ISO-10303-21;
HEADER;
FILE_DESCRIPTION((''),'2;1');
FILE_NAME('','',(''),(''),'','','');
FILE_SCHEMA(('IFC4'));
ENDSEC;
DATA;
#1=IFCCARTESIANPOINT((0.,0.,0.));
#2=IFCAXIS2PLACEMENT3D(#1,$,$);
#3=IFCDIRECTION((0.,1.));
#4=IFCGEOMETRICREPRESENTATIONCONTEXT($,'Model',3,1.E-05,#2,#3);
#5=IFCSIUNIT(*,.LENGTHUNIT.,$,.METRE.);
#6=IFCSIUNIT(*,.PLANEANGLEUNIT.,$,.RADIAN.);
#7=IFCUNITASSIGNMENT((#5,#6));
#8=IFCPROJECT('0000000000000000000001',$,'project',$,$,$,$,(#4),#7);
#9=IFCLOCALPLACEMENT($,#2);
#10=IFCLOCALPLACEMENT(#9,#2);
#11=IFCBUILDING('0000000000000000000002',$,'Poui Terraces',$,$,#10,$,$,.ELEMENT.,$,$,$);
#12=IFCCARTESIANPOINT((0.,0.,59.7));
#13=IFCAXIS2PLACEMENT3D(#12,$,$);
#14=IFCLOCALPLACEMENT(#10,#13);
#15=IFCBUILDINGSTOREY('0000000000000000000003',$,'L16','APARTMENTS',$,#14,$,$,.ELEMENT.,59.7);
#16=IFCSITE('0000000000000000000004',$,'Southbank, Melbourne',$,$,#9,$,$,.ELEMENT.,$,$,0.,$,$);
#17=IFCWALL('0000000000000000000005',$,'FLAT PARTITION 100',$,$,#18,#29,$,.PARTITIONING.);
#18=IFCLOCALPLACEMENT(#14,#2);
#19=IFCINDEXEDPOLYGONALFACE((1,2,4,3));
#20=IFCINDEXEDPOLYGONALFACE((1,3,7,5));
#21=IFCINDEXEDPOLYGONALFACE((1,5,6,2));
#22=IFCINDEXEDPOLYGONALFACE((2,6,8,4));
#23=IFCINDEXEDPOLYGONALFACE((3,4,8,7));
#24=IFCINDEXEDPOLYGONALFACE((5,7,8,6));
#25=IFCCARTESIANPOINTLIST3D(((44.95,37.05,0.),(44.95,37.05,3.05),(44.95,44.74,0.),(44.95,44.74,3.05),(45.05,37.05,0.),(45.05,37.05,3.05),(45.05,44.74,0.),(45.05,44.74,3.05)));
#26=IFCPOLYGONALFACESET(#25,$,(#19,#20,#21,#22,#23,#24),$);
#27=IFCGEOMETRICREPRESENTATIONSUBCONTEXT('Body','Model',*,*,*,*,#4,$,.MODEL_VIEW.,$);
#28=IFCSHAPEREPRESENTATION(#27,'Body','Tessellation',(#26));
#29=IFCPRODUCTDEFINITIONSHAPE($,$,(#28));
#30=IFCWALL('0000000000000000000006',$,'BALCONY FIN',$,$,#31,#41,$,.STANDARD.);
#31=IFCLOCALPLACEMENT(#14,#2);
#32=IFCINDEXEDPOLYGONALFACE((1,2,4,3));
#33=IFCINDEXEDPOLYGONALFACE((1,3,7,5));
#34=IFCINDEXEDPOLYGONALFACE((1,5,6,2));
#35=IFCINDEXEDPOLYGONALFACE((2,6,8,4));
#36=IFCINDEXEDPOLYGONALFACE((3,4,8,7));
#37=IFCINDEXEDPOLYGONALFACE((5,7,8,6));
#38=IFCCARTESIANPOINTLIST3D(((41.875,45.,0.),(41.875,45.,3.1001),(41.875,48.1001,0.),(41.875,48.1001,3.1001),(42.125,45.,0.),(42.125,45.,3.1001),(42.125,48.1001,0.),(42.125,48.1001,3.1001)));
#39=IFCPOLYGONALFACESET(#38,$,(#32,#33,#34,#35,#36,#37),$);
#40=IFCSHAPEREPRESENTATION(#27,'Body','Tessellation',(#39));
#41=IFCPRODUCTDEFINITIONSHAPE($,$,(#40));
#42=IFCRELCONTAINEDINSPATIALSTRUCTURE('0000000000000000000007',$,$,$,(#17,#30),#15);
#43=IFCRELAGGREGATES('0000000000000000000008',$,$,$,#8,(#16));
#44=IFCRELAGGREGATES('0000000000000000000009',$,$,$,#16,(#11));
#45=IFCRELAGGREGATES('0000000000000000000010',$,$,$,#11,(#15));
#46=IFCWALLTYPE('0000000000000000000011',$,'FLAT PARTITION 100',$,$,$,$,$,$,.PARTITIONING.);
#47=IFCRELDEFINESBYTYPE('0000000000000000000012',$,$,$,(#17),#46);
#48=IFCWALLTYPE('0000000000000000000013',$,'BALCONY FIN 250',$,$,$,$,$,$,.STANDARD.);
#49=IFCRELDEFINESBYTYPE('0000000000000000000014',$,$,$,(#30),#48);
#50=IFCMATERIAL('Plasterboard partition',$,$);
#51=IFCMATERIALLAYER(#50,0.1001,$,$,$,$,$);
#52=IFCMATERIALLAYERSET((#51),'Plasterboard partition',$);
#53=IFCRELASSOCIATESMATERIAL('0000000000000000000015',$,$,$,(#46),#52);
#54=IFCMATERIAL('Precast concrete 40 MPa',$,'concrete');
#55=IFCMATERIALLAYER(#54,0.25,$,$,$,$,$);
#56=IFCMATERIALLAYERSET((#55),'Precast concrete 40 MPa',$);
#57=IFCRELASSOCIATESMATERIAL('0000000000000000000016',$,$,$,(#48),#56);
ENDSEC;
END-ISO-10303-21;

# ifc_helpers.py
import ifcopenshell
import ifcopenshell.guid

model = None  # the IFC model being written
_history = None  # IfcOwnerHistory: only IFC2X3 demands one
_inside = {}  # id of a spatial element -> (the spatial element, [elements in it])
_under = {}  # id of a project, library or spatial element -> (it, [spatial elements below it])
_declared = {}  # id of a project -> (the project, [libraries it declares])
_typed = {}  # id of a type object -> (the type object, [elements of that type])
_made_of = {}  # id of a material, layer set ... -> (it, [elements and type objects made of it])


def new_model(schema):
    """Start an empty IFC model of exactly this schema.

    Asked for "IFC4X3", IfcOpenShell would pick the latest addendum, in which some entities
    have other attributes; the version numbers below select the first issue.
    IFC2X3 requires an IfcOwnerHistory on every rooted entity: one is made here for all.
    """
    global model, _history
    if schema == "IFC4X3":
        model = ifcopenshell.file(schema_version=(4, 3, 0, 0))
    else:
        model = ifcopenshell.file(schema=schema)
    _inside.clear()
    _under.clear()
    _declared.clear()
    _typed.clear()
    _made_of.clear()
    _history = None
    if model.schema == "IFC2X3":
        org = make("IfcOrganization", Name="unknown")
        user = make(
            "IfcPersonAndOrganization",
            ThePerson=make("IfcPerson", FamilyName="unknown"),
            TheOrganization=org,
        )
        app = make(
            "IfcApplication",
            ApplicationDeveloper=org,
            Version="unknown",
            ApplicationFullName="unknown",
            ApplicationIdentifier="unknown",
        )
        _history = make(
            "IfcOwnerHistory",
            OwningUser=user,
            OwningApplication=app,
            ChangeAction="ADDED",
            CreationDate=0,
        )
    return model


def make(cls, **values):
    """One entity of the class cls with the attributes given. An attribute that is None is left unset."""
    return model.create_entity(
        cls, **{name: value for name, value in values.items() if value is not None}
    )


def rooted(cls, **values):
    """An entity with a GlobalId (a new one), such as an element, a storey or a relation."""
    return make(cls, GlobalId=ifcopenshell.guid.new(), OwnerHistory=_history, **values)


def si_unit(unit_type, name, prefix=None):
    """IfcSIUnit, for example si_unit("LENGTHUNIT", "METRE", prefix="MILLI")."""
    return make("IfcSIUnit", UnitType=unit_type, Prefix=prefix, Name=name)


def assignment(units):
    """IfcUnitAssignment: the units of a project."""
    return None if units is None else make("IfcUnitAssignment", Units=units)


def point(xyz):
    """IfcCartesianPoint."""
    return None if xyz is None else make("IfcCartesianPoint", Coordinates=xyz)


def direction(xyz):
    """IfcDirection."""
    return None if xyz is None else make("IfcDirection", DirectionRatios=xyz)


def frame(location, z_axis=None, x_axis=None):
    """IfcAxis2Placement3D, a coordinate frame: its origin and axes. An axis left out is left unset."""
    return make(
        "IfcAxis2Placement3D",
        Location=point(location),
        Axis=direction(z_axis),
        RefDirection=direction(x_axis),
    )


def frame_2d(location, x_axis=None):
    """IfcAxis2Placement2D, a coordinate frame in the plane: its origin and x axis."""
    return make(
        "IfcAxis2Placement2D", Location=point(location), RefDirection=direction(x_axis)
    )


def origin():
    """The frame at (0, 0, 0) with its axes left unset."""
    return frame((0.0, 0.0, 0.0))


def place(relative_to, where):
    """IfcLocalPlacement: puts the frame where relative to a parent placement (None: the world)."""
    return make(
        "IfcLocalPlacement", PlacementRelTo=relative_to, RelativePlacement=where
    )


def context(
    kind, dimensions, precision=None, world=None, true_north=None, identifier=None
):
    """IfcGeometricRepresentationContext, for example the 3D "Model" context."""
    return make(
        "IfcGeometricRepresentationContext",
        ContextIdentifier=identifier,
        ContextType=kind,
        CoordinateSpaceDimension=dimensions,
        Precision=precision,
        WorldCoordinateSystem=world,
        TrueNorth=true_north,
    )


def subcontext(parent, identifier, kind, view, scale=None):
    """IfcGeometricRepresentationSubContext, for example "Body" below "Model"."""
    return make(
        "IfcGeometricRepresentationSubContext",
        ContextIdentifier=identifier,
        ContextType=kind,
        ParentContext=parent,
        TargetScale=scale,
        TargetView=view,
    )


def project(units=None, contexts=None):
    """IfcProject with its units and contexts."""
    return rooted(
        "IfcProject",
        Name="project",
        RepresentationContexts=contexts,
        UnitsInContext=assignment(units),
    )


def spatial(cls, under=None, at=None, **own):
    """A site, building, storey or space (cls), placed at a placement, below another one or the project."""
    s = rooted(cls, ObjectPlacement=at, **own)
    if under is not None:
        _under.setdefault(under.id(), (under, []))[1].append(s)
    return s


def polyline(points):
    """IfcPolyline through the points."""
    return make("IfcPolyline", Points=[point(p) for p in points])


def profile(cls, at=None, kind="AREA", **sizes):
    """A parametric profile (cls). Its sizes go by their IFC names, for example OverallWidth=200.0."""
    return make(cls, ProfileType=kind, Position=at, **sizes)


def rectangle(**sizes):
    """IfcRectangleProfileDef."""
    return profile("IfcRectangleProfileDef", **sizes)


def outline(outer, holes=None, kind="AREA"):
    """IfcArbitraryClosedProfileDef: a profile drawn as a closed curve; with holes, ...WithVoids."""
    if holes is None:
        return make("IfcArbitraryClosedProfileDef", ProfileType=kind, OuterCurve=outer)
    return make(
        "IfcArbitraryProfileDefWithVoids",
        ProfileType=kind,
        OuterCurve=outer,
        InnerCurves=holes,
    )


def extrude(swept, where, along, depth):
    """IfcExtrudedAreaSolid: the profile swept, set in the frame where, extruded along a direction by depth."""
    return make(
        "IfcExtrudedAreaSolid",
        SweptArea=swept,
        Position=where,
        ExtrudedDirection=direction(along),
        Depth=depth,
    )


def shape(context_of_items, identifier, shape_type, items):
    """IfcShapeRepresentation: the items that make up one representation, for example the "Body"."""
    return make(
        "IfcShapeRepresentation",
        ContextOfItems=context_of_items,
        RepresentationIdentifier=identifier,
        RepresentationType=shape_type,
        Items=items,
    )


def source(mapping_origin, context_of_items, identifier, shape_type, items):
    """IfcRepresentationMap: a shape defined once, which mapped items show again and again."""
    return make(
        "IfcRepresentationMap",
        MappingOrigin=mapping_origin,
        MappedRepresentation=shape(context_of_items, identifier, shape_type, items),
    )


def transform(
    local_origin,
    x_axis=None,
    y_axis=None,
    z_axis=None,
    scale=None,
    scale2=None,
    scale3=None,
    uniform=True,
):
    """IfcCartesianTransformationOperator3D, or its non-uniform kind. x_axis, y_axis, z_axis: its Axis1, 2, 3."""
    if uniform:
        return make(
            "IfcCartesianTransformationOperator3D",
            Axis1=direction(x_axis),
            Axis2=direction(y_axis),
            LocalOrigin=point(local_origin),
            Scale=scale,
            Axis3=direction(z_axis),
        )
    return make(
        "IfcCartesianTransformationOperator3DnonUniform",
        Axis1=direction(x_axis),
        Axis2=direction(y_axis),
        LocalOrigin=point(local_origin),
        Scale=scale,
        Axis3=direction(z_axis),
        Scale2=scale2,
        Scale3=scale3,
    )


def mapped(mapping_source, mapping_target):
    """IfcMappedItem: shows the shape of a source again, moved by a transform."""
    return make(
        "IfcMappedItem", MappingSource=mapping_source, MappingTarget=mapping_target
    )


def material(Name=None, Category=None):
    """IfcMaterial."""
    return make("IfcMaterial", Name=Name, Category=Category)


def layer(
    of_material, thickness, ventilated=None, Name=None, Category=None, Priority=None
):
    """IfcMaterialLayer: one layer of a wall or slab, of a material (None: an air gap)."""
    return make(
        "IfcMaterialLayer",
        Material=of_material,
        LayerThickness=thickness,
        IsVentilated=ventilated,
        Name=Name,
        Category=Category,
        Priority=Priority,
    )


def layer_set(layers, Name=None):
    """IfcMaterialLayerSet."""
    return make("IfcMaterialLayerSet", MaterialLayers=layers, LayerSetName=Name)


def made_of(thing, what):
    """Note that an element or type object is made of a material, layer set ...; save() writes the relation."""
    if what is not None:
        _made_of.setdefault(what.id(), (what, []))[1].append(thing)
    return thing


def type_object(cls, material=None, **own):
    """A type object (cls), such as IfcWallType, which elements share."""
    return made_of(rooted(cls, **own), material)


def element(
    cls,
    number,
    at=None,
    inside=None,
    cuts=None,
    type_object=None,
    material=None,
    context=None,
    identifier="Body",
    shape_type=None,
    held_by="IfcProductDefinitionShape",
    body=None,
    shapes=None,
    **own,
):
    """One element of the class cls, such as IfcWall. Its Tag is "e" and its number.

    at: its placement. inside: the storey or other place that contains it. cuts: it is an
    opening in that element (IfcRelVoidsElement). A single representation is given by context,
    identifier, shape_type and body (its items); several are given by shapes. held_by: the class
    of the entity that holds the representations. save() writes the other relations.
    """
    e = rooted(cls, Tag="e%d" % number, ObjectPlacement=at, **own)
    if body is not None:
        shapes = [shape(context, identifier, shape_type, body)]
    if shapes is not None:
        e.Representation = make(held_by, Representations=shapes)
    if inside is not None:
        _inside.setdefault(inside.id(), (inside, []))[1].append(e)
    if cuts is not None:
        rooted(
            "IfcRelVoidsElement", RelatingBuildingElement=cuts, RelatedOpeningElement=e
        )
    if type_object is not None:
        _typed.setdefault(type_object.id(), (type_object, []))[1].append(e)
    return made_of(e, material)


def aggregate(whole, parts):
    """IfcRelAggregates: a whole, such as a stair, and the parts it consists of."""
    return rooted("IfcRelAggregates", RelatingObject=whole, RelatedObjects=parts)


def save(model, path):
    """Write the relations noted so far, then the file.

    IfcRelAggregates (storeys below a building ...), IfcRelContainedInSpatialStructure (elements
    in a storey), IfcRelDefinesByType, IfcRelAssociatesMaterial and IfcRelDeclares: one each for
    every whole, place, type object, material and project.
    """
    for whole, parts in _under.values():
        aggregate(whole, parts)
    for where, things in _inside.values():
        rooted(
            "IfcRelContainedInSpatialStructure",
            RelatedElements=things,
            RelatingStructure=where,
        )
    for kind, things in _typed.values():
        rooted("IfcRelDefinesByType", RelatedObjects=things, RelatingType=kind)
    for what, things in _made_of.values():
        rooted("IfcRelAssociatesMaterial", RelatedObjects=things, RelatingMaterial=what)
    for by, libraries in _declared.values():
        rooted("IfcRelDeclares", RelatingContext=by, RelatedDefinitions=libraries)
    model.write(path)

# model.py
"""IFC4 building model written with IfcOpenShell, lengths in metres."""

from ifc_helpers import new_model, si_unit, direction, frame, frame_2d, origin, place, context, subcontext, project, spatial, polyline, rectangle, outline, extrude, source, transform, mapped, material, layer, layer_set, type_object, element, save


model = new_model("IFC4")

# Units and contexts
model_context = context("Model", 3, precision=1e-05, world=origin(), true_north=direction((0.0, 1.0)))
body_context = subcontext(model_context, "Body", "Model", "MODEL_VIEW")
ifc_project = project(units=[si_unit("LENGTHUNIT", "METRE"), si_unit("PLANEANGLEUNIT", "RADIAN")], contexts=[model_context])

# Site, building, storey
site_placement = place(None, origin())
site = spatial("IfcSite", under=ifc_project, at=site_placement, Name="Southbank, Melbourne", CompositionType="ELEMENT", RefElevation=0.0)
building_placement = place(site_placement, origin())
building = spatial("IfcBuilding", under=site, at=building_placement, Name="Poui Terraces", CompositionType="ELEMENT")
storey_placement = place(building_placement, frame((0.0, 0.0, 59.7)))
storey = spatial("IfcBuildingStorey", under=building, at=storey_placement, Name="L16", Description="APARTMENTS", CompositionType="ELEMENT", Elevation=59.7)

# Shared definitions
ifc_material_1 = material(Name="Plasterboard partition")
ifc_layer_1 = layer(ifc_material_1, 0.1001)
ifc_layer_set_1 = layer_set([ifc_layer_1], Name="Plasterboard partition")
wall_type_1 = type_object("IfcWallType", Name="FLAT PARTITION 100", PredefinedType="PARTITIONING", material=ifc_layer_set_1)

# Walls
wall_1_placement = place(storey_placement, frame((45.0, 37.05, 0.0), z_axis=(0.0, 0.0, 1.0), x_axis=(0.0, 1.0, 0.0)))
element("IfcWall", 1, at=wall_1_placement, inside=storey, type_object=wall_type_1, Name="FLAT PARTITION 100", PredefinedType="PARTITIONING", context=body_context, shape_type="SweptSolid", body=[
    extrude(rectangle(XDim=7.6899, YDim=0.1001, at=frame_2d((3.845, 0.0))), origin(), (0.0, 0.0, 1.0), 3.05),
])
ifc_material_2 = material(Name="Precast concrete 40 MPa", Category="concrete")
ifc_layer_2 = layer(ifc_material_2, 0.25)
ifc_layer_set_2 = layer_set([ifc_layer_2], Name="Precast concrete 40 MPa")
wall_type_2 = type_object("IfcWallType", Name="BALCONY FIN 250", PredefinedType="STANDARD", material=ifc_layer_set_2)
shared_shape_1 = source(origin(), body_context, "Body", "SweptSolid", [
    extrude(outline(polyline([(0.0, 0.0), (0.25, 0.0), (0.25, 3.1001), (0.0, 3.1001), (0.0, 0.0)])), origin(), (0.0, 0.0, 1.0), 3.1001),
])
wall_2_placement = place(storey_placement, frame((41.875, 45.0, 0.0)))
element("IfcWall", 2, at=wall_2_placement, inside=storey, type_object=wall_type_2, Name="BALCONY FIN", PredefinedType="STANDARD", context=body_context, shape_type="MappedRepresentation", body=[
    mapped(shared_shape_1, transform((0.0, 0.0, 0.0))),
])

save(model, "model.ifc")
